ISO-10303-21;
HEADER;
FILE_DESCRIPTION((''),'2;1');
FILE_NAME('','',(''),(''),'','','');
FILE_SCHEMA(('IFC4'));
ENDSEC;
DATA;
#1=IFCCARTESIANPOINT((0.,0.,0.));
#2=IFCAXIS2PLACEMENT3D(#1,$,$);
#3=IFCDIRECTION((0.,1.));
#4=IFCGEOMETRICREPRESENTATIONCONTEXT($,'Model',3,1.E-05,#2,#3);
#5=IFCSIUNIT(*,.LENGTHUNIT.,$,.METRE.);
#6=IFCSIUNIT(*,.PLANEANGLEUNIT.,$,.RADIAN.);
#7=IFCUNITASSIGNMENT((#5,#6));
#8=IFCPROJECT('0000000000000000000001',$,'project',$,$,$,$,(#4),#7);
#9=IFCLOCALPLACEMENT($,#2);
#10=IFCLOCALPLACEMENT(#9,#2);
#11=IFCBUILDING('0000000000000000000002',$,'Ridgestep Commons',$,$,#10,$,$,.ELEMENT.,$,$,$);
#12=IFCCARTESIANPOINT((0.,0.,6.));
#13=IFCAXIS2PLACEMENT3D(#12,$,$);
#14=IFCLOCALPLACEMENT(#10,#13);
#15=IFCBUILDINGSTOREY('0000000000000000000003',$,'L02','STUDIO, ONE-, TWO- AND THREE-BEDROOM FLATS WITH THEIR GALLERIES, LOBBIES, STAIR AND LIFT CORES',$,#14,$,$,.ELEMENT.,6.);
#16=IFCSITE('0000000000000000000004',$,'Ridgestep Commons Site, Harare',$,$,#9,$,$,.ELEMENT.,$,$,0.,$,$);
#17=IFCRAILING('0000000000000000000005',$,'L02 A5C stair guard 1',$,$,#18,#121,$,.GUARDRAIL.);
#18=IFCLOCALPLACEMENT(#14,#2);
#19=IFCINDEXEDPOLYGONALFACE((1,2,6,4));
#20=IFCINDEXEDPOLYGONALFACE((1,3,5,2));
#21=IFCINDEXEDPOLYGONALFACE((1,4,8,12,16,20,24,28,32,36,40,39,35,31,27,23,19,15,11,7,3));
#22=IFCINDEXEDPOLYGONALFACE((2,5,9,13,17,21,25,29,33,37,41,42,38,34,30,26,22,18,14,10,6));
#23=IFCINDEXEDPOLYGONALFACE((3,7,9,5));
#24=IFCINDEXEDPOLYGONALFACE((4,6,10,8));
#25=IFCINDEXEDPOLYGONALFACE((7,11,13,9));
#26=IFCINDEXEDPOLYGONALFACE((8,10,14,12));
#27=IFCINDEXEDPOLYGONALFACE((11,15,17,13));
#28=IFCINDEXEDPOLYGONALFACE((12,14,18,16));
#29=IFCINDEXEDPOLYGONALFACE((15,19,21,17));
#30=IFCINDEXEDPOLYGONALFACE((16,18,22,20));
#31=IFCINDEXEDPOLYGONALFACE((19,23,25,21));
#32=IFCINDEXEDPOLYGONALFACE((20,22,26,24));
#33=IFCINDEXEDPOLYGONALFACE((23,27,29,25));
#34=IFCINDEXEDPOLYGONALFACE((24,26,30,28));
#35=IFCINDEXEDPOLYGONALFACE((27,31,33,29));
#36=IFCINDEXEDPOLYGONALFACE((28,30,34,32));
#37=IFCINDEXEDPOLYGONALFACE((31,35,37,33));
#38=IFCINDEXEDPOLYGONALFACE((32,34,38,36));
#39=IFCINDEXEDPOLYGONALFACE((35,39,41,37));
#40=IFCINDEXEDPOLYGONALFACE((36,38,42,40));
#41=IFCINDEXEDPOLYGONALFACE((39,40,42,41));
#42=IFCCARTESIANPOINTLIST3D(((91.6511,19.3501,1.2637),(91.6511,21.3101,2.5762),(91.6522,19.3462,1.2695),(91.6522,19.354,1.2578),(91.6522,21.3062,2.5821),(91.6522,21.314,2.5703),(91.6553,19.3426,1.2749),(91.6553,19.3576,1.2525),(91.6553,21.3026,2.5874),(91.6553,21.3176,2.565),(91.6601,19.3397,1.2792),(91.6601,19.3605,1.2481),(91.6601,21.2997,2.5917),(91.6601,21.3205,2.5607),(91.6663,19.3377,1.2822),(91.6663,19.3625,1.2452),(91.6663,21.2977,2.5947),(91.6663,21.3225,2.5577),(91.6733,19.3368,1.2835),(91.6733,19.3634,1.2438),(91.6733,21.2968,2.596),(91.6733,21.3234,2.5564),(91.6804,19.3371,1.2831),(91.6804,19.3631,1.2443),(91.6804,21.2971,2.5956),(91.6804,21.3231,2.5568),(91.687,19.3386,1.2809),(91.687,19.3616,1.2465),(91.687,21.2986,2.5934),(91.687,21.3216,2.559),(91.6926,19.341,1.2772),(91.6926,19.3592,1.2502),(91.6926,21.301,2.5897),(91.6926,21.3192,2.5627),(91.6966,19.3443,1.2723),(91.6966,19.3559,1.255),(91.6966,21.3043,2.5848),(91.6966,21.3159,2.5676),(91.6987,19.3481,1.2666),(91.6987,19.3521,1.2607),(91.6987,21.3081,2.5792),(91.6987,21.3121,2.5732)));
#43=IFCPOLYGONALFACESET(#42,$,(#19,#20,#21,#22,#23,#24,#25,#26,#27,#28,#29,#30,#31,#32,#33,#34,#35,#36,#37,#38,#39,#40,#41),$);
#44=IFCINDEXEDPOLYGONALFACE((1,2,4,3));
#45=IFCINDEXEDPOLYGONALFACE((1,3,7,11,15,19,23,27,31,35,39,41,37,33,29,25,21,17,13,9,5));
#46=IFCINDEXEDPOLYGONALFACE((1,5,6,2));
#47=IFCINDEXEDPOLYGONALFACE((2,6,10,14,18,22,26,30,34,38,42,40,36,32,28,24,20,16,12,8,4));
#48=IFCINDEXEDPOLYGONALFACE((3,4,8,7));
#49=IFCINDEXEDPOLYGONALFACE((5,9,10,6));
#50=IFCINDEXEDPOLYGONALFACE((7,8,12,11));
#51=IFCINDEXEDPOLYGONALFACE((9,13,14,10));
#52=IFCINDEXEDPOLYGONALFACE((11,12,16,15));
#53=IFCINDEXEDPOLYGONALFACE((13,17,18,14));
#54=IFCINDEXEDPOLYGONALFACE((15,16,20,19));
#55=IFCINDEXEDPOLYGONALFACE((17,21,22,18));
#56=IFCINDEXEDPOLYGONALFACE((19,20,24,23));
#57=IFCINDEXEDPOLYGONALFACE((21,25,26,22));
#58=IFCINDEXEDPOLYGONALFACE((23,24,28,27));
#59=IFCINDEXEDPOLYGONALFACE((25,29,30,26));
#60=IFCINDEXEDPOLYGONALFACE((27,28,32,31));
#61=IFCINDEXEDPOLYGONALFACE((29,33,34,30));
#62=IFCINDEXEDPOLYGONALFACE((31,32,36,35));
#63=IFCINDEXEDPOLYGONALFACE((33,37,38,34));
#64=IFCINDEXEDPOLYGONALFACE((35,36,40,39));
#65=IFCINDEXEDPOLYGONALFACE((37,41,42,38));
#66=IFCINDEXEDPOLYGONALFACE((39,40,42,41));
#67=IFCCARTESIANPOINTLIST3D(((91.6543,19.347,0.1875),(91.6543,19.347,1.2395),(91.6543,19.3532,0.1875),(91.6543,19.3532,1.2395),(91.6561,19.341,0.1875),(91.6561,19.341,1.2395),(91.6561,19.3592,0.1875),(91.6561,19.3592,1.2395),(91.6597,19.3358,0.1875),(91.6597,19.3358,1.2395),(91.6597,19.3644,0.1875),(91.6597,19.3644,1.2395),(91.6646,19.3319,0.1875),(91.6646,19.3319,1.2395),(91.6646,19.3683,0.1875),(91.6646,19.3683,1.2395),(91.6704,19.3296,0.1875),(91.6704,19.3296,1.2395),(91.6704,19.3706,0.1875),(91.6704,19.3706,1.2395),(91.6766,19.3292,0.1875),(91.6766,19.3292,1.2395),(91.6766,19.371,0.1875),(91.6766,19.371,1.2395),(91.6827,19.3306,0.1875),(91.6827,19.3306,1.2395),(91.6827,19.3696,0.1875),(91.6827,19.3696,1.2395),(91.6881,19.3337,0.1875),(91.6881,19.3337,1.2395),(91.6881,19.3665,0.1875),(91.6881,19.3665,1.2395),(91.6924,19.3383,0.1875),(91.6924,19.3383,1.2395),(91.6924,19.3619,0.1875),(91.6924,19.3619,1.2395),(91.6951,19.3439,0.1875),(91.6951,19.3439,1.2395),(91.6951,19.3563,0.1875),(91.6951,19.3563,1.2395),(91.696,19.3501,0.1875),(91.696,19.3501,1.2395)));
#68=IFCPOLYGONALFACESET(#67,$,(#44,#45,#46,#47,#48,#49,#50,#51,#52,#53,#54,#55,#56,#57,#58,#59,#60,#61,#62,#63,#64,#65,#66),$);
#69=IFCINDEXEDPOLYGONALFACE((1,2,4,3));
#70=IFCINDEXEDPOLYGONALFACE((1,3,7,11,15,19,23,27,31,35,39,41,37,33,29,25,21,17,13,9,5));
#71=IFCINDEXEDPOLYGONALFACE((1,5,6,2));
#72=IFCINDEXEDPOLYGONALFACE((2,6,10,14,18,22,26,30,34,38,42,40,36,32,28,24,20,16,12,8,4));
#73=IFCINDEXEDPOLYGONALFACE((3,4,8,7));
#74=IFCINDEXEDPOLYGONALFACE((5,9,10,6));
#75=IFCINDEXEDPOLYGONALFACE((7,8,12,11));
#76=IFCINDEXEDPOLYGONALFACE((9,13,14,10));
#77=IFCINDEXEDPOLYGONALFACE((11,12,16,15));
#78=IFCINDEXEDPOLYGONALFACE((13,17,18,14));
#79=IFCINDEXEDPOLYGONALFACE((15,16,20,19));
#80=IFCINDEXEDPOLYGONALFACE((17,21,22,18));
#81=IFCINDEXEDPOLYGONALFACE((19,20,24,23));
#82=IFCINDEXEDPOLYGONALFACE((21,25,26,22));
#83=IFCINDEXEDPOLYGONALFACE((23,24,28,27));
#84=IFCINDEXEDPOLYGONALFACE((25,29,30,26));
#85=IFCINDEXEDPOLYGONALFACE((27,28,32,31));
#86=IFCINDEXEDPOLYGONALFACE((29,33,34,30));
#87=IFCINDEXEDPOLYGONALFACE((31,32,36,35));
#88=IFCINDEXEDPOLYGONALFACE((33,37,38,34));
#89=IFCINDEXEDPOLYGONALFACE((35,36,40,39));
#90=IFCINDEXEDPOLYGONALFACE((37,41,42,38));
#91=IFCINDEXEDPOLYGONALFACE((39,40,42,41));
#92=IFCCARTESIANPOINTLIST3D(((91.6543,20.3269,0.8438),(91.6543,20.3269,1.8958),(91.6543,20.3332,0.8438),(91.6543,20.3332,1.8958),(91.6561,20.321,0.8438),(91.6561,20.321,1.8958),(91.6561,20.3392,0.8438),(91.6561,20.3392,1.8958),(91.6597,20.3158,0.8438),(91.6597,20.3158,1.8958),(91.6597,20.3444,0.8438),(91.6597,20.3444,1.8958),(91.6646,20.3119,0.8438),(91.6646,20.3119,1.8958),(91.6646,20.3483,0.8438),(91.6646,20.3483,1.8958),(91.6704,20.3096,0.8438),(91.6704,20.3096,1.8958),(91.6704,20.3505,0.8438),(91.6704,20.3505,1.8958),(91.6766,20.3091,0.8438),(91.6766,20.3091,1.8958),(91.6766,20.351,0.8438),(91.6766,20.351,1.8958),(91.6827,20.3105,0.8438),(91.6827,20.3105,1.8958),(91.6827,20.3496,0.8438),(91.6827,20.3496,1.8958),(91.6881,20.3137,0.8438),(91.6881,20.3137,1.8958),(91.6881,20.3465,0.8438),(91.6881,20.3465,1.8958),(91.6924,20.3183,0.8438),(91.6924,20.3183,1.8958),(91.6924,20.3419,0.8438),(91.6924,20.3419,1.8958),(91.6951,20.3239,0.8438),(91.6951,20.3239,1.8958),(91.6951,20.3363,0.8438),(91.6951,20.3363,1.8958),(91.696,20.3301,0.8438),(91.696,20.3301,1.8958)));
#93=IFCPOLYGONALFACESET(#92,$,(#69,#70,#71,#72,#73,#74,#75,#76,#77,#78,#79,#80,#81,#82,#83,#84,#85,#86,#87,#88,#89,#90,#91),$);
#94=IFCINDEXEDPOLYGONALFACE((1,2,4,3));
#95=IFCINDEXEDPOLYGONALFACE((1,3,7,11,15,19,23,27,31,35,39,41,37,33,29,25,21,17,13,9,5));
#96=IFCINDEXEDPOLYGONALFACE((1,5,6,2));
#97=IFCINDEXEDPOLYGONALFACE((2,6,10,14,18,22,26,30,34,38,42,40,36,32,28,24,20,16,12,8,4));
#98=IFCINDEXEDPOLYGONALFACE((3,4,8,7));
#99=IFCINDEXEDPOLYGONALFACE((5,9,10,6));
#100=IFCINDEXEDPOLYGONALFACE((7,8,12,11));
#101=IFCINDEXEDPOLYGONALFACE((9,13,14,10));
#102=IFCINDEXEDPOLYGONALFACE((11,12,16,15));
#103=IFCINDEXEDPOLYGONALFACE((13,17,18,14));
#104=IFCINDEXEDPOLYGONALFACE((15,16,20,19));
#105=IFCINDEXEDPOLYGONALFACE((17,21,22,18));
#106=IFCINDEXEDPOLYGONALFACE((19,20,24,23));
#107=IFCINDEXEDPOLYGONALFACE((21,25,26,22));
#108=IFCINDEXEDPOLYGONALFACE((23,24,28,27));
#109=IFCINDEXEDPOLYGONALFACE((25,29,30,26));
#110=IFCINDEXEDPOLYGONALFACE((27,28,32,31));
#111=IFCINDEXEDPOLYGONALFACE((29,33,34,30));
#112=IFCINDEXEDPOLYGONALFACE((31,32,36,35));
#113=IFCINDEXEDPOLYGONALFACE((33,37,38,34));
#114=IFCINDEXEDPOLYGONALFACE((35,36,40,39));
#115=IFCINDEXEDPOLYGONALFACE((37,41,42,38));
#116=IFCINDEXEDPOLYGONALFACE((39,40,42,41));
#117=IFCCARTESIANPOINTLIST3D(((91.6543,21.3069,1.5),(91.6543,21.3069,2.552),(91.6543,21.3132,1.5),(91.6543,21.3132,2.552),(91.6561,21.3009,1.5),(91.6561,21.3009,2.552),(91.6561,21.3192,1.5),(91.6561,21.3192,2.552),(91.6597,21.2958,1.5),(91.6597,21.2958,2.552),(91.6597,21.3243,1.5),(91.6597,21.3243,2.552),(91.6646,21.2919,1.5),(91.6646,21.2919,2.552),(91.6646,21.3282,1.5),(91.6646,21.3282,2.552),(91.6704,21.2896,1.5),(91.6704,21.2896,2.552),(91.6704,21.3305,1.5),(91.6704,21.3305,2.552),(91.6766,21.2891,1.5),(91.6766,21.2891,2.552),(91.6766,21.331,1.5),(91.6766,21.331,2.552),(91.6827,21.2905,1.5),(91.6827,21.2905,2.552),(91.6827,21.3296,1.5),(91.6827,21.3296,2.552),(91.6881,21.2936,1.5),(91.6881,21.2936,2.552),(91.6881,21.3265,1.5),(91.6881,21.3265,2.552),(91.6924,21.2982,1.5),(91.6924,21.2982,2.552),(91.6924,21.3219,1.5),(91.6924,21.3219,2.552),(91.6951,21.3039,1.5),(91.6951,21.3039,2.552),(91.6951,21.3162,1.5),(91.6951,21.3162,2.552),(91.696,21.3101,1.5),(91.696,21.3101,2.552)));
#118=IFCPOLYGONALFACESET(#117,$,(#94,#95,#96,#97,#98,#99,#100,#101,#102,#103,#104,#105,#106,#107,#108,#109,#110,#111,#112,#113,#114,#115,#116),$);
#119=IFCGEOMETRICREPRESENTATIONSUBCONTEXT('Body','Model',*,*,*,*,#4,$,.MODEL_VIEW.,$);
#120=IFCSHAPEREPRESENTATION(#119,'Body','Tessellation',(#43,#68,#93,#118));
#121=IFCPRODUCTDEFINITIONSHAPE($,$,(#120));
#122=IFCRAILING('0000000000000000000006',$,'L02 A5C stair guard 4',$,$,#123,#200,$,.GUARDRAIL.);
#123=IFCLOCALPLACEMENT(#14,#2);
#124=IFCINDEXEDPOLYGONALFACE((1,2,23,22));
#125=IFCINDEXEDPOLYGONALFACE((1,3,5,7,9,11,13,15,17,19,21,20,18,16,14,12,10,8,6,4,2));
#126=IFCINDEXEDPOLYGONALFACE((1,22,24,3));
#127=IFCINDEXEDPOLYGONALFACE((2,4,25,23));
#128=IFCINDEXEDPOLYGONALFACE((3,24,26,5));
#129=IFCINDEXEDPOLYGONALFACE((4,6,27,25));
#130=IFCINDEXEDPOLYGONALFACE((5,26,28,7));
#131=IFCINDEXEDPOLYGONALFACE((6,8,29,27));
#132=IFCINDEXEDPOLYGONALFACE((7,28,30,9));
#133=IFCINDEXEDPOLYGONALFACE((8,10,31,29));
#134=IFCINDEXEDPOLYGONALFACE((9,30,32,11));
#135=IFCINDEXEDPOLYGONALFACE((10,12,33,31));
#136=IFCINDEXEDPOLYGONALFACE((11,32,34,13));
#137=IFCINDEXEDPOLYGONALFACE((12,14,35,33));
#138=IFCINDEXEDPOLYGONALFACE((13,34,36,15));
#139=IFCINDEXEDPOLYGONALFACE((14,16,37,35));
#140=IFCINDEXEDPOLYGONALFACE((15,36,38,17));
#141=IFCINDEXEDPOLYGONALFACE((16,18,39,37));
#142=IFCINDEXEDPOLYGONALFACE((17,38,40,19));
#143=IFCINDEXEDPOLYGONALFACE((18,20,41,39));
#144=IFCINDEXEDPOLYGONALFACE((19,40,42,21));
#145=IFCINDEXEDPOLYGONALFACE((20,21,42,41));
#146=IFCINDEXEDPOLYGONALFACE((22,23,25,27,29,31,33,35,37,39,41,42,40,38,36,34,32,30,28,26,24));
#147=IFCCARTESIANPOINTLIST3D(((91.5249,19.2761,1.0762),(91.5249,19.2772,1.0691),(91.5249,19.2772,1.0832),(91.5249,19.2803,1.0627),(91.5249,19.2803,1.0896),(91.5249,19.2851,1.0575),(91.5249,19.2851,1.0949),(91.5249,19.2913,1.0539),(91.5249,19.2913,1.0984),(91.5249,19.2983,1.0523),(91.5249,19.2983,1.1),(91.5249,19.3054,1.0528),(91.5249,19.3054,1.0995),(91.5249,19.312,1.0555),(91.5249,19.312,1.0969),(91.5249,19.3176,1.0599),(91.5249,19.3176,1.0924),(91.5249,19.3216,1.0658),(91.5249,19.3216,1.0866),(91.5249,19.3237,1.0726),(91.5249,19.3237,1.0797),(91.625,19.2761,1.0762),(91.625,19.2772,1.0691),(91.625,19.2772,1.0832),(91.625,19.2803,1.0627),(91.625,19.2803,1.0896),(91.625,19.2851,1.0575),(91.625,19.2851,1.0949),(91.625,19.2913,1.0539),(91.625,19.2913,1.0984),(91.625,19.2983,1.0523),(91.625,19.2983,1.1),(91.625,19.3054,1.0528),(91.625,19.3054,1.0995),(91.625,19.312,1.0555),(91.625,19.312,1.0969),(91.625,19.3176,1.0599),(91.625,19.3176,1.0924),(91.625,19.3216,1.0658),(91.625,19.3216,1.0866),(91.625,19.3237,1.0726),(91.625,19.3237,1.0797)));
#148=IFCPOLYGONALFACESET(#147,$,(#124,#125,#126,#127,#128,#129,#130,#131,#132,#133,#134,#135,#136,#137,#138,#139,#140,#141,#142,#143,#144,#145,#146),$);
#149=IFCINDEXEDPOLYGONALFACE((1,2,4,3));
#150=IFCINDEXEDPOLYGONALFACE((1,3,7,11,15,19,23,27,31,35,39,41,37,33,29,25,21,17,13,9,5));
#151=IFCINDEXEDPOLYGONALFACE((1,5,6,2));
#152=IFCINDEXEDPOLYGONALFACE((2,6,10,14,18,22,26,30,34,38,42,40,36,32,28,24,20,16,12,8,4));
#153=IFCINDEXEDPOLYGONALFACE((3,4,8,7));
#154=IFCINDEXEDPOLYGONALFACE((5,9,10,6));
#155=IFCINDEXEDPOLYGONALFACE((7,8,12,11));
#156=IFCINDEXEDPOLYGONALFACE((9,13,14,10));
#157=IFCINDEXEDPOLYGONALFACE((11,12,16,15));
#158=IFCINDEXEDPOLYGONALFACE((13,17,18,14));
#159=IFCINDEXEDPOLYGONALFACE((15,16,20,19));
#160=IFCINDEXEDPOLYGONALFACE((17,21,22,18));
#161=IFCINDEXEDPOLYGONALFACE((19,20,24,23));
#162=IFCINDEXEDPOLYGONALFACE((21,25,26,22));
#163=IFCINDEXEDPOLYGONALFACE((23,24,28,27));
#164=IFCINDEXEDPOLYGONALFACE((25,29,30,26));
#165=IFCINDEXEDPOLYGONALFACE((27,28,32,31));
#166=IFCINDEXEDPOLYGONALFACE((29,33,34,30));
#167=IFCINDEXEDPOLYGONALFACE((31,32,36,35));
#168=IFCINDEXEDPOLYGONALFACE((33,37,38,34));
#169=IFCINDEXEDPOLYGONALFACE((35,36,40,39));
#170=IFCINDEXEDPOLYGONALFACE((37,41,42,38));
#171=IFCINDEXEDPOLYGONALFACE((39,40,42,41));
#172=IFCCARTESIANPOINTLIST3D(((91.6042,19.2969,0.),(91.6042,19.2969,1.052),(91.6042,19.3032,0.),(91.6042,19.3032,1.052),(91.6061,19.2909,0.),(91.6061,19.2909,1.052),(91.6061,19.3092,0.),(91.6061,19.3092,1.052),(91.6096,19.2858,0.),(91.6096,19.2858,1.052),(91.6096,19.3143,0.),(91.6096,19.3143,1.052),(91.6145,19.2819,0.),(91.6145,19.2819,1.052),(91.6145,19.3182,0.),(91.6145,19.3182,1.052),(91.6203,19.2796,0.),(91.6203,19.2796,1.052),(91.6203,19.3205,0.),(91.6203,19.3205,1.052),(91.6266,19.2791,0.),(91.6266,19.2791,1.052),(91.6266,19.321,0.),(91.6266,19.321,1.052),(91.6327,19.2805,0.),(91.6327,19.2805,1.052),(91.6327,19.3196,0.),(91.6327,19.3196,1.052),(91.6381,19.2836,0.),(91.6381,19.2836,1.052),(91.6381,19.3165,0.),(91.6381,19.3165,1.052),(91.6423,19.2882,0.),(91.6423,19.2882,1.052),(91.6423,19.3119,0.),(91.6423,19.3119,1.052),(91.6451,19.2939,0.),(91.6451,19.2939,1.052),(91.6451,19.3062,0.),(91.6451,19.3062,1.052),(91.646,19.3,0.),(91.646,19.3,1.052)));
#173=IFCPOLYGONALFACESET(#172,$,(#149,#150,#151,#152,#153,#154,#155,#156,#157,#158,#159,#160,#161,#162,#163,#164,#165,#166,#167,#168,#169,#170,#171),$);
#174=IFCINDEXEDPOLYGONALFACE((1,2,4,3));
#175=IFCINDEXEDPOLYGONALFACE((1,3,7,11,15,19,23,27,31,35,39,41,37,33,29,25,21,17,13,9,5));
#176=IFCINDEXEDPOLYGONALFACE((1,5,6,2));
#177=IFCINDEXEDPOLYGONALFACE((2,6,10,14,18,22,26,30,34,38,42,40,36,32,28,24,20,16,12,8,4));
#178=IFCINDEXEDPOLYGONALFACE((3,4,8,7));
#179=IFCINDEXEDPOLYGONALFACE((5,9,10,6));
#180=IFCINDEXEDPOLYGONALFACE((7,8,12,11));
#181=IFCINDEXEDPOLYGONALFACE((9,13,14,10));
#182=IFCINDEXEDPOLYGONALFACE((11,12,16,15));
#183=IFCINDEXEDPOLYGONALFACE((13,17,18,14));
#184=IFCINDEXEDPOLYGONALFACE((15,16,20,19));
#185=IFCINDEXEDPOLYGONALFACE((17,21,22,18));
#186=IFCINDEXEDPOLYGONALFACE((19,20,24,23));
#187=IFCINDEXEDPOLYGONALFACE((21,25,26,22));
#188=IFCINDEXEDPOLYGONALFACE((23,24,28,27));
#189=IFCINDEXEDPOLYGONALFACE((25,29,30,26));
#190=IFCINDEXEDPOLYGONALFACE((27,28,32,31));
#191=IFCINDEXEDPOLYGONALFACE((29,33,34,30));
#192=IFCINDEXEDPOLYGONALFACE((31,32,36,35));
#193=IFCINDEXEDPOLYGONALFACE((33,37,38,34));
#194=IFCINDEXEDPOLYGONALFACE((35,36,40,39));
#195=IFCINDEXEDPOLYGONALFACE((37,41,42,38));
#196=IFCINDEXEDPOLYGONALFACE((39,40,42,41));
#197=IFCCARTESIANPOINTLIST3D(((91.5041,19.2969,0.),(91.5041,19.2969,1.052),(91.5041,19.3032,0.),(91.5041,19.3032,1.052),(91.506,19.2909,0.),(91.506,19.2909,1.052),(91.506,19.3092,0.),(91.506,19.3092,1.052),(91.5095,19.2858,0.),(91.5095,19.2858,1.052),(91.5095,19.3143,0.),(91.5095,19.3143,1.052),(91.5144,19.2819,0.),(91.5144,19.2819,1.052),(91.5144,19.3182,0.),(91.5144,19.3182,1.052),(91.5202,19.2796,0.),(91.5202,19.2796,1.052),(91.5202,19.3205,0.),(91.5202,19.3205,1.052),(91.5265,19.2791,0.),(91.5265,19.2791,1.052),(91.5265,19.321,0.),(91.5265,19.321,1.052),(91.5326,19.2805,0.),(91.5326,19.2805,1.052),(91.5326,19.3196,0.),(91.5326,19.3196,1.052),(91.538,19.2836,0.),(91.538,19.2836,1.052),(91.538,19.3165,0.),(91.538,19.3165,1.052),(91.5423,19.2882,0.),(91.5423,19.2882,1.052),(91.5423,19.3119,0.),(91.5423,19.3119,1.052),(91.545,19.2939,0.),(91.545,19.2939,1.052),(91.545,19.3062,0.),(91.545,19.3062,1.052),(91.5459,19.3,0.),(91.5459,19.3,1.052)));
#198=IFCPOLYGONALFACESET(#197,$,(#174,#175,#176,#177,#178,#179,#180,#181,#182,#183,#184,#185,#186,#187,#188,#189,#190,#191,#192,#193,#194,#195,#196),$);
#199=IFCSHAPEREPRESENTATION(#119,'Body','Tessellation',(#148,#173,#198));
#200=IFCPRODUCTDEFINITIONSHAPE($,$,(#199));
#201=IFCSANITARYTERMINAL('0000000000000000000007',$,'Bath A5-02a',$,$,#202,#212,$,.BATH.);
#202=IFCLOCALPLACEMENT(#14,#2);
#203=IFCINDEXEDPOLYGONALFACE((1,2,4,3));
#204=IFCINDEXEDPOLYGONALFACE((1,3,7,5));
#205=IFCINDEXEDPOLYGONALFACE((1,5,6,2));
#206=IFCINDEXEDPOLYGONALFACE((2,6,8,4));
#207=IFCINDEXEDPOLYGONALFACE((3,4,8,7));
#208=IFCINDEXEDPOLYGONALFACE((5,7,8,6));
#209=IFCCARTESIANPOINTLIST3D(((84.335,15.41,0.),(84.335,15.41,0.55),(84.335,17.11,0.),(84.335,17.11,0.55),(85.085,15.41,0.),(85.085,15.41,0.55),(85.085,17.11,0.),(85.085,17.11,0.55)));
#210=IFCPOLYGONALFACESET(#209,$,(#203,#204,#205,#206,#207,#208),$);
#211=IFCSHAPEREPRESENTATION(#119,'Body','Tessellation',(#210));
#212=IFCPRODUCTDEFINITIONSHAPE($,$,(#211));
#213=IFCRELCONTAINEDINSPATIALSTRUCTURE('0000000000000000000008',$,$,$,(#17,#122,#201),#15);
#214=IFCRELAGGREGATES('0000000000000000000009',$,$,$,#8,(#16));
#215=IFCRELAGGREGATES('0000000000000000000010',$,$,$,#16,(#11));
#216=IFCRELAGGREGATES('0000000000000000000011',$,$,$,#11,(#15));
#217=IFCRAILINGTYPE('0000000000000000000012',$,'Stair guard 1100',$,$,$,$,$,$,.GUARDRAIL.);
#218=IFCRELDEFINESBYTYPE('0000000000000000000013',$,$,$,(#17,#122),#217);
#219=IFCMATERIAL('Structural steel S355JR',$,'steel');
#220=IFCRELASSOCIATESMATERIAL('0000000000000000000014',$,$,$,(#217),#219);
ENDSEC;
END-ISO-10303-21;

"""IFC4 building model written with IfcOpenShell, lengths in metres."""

from ifc_helpers import new_model, si_unit, direction, frame, origin, origin_2d, place, context, subcontext, project, spatial, rectangle, circle, extrude, material, type_object, element, save


model = new_model("IFC4")

# Units and contexts
model_context = context("Model", 3, precision=1e-05, world=origin(), true_north=direction((0.0, 1.0)))
body_context = subcontext(model_context, "Body", "Model", "MODEL_VIEW")
ifc_project = project(units=[si_unit("LENGTHUNIT", "METRE"), si_unit("PLANEANGLEUNIT", "RADIAN")], contexts=[model_context])

# Site, building, storey
site_placement = place(None, origin())
site = spatial("IfcSite", under=ifc_project, at=site_placement, Name="Ridgestep Commons Site, Harare", CompositionType="ELEMENT", RefElevation=0.0)
building_placement = place(site_placement, origin())
building = spatial("IfcBuilding", under=site, at=building_placement, Name="Ridgestep Commons", CompositionType="ELEMENT")
storey_placement = place(building_placement, frame((0.0, 0.0, 6.0)))
storey = spatial("IfcBuildingStorey", under=building, at=storey_placement, Name="L02", Description="STUDIO, ONE-, TWO- AND THREE-BEDROOM FLATS WITH THEIR GALLERIES, LOBBIES, STAIR AND LIFT CORES", CompositionType="ELEMENT", Elevation=6.0)

# Railings
ifc_material_1 = material(Name="Structural steel S355JR", Category="steel")
railing_type_1 = type_object("IfcRailingType", Name="Stair guard 1100", PredefinedType="GUARDRAIL", material=ifc_material_1)
railing_1_placement = place(storey_placement, frame((91.675, 19.3501, 0.1875)))
element("IfcRailing", 1, at=railing_1_placement, inside=storey, type_object=railing_type_1, Name="L02 A5C stair guard 1", PredefinedType="GUARDRAIL", context=body_context, shape_type="SweptSolid", body=[
    extrude(circle(Radius=0.0239, at=origin_2d()), frame((0.0, 0.0, 1.0762), z_axis=(0.0, 0.830902, 0.556419), x_axis=(-1.0, 0.0, 0.0)), (0.0, 0.0, 1.0), 2.3589),
    extrude(circle(Radius=0.021, at=origin_2d()), origin(), (0.0, 0.0, 1.0), 1.052),
    extrude(circle(Radius=0.021, at=origin_2d()), frame((0.0, 0.98, 0.6562)), (0.0, 0.0, 1.0), 1.052),
    extrude(circle(Radius=0.021, at=origin_2d()), frame((0.0, 1.96, 1.3125)), (0.0, 0.0, 1.0), 1.052),
])
railing_2_placement = place(storey_placement, frame((91.625, 19.3, 0.0)))
element("IfcRailing", 2, at=railing_2_placement, inside=storey, type_object=railing_type_1, Name="L02 A5C stair guard 4", PredefinedType="GUARDRAIL", context=body_context, shape_type="SweptSolid", body=[
    extrude(circle(Radius=0.0239, at=origin_2d()), frame((0.0, 0.0, 1.0762), z_axis=(-1.0, 0.0, 0.0), x_axis=(0.0, -1.0, 0.0)), (0.0, 0.0, 1.0), 0.1001),
    extrude(circle(Radius=0.021, at=origin_2d()), origin(), (0.0, 0.0, 1.0), 1.052),
    extrude(circle(Radius=0.021, at=origin_2d()), frame((-0.1001, 0.0, 0.0)), (0.0, 0.0, 1.0), 1.052),
])

# Sanitary terminal
sanitary_terminal_1_placement = place(storey_placement, frame((84.71, 16.26, 0.0), z_axis=(0.0, 0.0, 1.0), x_axis=(1.0, 0.0, 0.0)))
element("IfcSanitaryTerminal", 3, at=sanitary_terminal_1_placement, inside=storey, Name="Bath A5-02a", PredefinedType="BATH", context=body_context, shape_type="SweptSolid", body=[
    extrude(rectangle(XDim=0.75, YDim=1.7, at=origin_2d()), origin(), (0.0, 0.0, 1.0), 0.55),
])

save(model, "model.ifc")
